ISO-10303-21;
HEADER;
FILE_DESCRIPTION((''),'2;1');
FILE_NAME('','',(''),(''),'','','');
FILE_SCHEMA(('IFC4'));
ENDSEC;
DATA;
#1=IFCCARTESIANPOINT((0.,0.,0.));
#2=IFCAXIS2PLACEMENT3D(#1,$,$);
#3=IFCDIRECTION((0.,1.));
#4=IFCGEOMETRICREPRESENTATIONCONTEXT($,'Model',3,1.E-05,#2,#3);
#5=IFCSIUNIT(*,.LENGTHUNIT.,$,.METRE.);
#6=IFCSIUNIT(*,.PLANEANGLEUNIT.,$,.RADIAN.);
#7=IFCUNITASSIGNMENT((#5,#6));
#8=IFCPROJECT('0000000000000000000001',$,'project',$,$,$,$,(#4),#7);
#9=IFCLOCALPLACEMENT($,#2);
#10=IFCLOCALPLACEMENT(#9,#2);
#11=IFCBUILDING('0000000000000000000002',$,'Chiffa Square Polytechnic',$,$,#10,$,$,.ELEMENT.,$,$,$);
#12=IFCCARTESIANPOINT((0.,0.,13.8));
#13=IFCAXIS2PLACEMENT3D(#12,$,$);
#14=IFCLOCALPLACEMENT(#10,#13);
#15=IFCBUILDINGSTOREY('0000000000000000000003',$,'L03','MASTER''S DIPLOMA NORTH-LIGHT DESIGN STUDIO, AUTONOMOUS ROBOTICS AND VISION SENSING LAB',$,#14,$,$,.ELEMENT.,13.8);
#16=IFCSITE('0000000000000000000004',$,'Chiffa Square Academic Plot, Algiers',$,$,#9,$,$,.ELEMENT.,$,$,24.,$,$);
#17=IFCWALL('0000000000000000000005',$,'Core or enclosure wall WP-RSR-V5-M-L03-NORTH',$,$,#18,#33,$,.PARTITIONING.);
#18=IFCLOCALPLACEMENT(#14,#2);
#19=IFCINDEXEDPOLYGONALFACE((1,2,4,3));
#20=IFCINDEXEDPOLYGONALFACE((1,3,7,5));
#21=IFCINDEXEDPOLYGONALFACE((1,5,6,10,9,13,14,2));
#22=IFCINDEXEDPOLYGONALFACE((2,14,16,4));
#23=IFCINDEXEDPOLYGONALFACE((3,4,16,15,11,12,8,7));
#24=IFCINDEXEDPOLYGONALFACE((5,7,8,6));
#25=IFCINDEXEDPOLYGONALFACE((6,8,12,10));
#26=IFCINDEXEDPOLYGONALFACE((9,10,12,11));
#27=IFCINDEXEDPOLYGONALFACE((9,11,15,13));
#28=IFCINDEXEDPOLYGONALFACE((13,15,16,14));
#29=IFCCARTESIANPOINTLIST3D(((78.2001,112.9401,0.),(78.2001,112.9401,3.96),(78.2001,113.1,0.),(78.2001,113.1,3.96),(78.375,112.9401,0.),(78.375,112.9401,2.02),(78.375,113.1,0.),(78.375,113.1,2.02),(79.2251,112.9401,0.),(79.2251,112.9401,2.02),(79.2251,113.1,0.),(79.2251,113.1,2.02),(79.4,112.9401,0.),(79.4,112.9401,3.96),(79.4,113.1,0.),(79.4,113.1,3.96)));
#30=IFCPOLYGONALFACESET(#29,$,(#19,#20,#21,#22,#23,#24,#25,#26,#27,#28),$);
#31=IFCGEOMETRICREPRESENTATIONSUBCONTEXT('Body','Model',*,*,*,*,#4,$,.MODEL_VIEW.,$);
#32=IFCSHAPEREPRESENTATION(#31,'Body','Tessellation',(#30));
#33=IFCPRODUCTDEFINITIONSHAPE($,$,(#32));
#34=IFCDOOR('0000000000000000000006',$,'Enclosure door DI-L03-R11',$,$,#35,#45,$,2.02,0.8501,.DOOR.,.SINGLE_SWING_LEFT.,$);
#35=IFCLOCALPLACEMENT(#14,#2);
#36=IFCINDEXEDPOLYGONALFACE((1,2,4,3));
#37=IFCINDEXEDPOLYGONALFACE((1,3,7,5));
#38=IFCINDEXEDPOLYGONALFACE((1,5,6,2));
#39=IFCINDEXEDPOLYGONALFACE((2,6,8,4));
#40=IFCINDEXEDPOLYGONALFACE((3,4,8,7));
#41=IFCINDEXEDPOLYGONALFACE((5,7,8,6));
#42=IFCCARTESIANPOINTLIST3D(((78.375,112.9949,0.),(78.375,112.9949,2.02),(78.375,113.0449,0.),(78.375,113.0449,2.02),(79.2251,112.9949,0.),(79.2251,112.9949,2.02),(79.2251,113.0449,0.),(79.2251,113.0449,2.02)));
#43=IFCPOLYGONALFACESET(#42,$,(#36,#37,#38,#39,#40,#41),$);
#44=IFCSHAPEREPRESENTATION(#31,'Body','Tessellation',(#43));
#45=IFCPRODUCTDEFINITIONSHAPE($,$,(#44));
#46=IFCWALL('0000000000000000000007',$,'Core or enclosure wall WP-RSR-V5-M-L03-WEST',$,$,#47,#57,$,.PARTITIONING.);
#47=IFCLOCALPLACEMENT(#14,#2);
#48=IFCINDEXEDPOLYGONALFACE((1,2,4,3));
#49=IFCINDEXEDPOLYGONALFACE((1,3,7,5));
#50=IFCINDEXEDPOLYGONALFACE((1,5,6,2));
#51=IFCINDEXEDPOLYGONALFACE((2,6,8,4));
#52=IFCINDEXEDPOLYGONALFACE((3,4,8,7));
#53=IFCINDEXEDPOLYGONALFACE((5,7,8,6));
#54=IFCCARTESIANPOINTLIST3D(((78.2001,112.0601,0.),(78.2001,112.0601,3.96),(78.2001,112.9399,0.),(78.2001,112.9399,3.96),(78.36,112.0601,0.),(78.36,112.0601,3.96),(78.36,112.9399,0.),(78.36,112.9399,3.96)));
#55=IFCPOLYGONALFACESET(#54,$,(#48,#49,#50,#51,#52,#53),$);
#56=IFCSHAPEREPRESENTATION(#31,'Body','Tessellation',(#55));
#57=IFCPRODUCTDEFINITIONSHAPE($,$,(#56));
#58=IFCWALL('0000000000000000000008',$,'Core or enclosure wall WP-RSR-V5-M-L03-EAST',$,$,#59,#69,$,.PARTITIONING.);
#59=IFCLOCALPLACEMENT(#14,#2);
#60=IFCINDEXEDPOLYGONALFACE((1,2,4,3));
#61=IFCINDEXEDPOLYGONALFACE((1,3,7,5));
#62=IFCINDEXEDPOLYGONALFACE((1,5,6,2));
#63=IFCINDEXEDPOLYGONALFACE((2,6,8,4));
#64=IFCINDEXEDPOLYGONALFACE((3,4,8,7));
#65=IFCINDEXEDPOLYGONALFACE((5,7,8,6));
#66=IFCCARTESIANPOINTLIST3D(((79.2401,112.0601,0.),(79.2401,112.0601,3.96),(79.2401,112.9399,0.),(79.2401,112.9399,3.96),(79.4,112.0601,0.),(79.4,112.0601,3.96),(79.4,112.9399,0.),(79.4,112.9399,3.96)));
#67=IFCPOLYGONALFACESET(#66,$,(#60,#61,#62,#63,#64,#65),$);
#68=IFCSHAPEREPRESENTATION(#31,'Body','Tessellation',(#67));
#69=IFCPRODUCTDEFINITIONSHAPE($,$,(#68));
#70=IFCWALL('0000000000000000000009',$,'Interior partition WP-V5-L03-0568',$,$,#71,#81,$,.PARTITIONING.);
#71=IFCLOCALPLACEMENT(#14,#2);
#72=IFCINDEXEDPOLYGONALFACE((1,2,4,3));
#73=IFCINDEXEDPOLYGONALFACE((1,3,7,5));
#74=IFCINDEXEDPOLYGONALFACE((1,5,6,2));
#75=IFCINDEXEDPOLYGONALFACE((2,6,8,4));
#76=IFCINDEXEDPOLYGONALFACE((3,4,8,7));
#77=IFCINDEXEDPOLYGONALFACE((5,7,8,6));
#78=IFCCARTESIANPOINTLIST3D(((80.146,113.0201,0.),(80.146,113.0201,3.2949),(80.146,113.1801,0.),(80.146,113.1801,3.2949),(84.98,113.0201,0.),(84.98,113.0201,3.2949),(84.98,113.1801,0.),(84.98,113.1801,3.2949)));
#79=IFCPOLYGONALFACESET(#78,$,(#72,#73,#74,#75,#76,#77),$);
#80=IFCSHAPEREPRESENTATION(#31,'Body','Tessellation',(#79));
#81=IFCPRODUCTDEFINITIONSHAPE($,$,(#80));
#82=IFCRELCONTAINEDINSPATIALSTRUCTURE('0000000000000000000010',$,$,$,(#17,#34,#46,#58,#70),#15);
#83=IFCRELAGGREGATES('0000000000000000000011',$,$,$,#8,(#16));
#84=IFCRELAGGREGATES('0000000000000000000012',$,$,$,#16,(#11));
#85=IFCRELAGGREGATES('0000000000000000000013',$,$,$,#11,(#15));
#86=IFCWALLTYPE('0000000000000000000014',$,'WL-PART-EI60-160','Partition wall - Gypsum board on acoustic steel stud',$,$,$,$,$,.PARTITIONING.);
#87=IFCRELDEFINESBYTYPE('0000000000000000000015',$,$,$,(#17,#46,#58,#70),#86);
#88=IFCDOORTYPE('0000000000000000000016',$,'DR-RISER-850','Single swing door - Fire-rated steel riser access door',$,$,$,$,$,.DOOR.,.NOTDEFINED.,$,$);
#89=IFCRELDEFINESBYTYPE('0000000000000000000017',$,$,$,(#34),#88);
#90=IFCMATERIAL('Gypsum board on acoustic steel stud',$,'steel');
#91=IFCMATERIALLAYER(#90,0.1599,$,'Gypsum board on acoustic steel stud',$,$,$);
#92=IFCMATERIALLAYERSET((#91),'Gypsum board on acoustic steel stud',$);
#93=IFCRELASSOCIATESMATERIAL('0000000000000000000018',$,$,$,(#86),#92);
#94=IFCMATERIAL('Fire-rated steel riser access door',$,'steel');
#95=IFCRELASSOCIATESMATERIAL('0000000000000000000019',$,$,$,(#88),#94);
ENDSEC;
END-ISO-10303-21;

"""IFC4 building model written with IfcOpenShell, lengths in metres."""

from ifc_helpers import new_model, si_unit, direction, frame, frame_2d, origin, place, context, subcontext, project, spatial, rectangle, extrude, material, layer, layer_set, type_object, element, fill, save


model = new_model("IFC4")

# Units and contexts
model_context = context("Model", 3, precision=1e-05, world=origin(), true_north=direction((0.0, 1.0)))
body_context = subcontext(model_context, "Body", "Model", "MODEL_VIEW")
ifc_project = project(units=[si_unit("LENGTHUNIT", "METRE"), si_unit("PLANEANGLEUNIT", "RADIAN")], contexts=[model_context])

# Site, building, storey
site_placement = place(None, origin())
site = spatial("IfcSite", under=ifc_project, at=site_placement, Name="Chiffa Square Academic Plot, Algiers", CompositionType="ELEMENT", RefElevation=24.0)
building_placement = place(site_placement, origin())
building = spatial("IfcBuilding", under=site, at=building_placement, Name="Chiffa Square Polytechnic", CompositionType="ELEMENT")
storey_placement = place(building_placement, frame((0.0, 0.0, 13.8)))
storey = spatial("IfcBuildingStorey", under=building, at=storey_placement, Name="L03", Description="MASTER'S DIPLOMA NORTH-LIGHT DESIGN STUDIO, AUTONOMOUS ROBOTICS AND VISION SENSING LAB", CompositionType="ELEMENT", Elevation=13.8)

# Wall, opening, door
ifc_material_1 = material(Name="Gypsum board on acoustic steel stud", Category="steel")
ifc_layer_1 = layer(ifc_material_1, 0.1599, Name="Gypsum board on acoustic steel stud")
ifc_layer_set_1 = layer_set([ifc_layer_1], Name="Gypsum board on acoustic steel stud")
wall_type_1 = type_object("IfcWallType", Name="WL-PART-EI60-160", Description="Partition wall - Gypsum board on acoustic steel stud", PredefinedType="PARTITIONING", material=ifc_layer_set_1)
wall_1_placement = place(storey_placement, frame((78.2, 113.02, 0.0), z_axis=(0.0, 0.0, 1.0), x_axis=(1.0, 0.0, 0.0)))
wall_1 = element("IfcWall", 1, at=wall_1_placement, inside=storey, type_object=wall_type_1, Name="Core or enclosure wall WP-RSR-V5-M-L03-NORTH", PredefinedType="PARTITIONING", context=body_context, shape_type="SweptSolid", body=[
    extrude(rectangle(XDim=1.2, YDim=0.1599, at=frame_2d((0.6001, 0.0))), origin(), (0.0, 0.0, 1.0), 3.96),
])
opening_1_placement = place(wall_1_placement, frame((0.175, 0.0, 0.0)))
opening_1 = element("IfcOpeningElement", 2, at=opening_1_placement, cuts=wall_1, PredefinedType="OPENING", context=body_context, shape_type="SweptSolid", body=[
    extrude(rectangle(XDim=0.8501, YDim=2.02, at=frame_2d((0.425, 1.01))), frame((0.0, 0.0898, 0.0), z_axis=(0.0, -1.0, 0.0), x_axis=(1.0, 0.0, 0.0)), (0.0, 0.0, 1.0), 0.1799),
])
ifc_material_2 = material(Name="Fire-rated steel riser access door", Category="steel")
door_type_1 = type_object("IfcDoorType", Name="DR-RISER-850", Description="Single swing door - Fire-rated steel riser access door", OperationType="NOTDEFINED", PredefinedType="DOOR", material=ifc_material_2)
door_1_placement = place(opening_1_placement, origin())
door_1 = element("IfcDoor", 3, at=door_1_placement, inside=storey, type_object=door_type_1, Name="Enclosure door DI-L03-R11", OperationType="SINGLE_SWING_LEFT", OverallHeight=2.02, OverallWidth=0.8501, PredefinedType="DOOR", context=body_context, shape_type="SweptSolid", body=[
    extrude(rectangle(XDim=0.8501, YDim=2.02, at=frame_2d((0.425, 1.01))), frame((0.0, 0.0249, 0.0), z_axis=(0.0, -1.0, 0.0), x_axis=(1.0, 0.0, 0.0)), (0.0, 0.0, 1.0), 0.05),
])
fill(opening_1, door_1)

# Walls
for number, where, z_axis, x_axis, name in (
    (4, (78.28, 112.0601, 0.0), (0.0, 0.0, 1.0), (0.0, 1.0, 0.0), "Core or enclosure wall WP-RSR-V5-M-L03-WEST"),
    (5, (79.3201, 112.0601, 0.0), (0.0, 0.0, 1.0), (0.0, 1.0, 0.0), "Core or enclosure wall WP-RSR-V5-M-L03-EAST"),
):
    element("IfcWall", number, at=place(storey_placement, frame(where, z_axis=z_axis, x_axis=x_axis)), inside=storey, type_object=wall_type_1, Name=name, PredefinedType="PARTITIONING", context=body_context, shape_type="SweptSolid", body=[
        extrude(rectangle(XDim=0.8799, YDim=0.1599, at=frame_2d((0.4399, 0.0))), origin(), (0.0, 0.0, 1.0), 3.96),
    ])
wall_2_placement = place(storey_placement, frame((80.146, 113.1001, 0.0), z_axis=(0.0, 0.0, 1.0), x_axis=(1.0, 0.0, 0.0)))
element("IfcWall", 6, at=wall_2_placement, inside=storey, type_object=wall_type_1, Name="Interior partition WP-V5-L03-0568", PredefinedType="PARTITIONING", context=body_context, shape_type="SweptSolid", body=[
    extrude(rectangle(XDim=4.834, YDim=0.1599, at=frame_2d((2.417, 0.0))), origin(), (0.0, 0.0, 1.0), 3.2949),
])

save(model, "model.ifc")
